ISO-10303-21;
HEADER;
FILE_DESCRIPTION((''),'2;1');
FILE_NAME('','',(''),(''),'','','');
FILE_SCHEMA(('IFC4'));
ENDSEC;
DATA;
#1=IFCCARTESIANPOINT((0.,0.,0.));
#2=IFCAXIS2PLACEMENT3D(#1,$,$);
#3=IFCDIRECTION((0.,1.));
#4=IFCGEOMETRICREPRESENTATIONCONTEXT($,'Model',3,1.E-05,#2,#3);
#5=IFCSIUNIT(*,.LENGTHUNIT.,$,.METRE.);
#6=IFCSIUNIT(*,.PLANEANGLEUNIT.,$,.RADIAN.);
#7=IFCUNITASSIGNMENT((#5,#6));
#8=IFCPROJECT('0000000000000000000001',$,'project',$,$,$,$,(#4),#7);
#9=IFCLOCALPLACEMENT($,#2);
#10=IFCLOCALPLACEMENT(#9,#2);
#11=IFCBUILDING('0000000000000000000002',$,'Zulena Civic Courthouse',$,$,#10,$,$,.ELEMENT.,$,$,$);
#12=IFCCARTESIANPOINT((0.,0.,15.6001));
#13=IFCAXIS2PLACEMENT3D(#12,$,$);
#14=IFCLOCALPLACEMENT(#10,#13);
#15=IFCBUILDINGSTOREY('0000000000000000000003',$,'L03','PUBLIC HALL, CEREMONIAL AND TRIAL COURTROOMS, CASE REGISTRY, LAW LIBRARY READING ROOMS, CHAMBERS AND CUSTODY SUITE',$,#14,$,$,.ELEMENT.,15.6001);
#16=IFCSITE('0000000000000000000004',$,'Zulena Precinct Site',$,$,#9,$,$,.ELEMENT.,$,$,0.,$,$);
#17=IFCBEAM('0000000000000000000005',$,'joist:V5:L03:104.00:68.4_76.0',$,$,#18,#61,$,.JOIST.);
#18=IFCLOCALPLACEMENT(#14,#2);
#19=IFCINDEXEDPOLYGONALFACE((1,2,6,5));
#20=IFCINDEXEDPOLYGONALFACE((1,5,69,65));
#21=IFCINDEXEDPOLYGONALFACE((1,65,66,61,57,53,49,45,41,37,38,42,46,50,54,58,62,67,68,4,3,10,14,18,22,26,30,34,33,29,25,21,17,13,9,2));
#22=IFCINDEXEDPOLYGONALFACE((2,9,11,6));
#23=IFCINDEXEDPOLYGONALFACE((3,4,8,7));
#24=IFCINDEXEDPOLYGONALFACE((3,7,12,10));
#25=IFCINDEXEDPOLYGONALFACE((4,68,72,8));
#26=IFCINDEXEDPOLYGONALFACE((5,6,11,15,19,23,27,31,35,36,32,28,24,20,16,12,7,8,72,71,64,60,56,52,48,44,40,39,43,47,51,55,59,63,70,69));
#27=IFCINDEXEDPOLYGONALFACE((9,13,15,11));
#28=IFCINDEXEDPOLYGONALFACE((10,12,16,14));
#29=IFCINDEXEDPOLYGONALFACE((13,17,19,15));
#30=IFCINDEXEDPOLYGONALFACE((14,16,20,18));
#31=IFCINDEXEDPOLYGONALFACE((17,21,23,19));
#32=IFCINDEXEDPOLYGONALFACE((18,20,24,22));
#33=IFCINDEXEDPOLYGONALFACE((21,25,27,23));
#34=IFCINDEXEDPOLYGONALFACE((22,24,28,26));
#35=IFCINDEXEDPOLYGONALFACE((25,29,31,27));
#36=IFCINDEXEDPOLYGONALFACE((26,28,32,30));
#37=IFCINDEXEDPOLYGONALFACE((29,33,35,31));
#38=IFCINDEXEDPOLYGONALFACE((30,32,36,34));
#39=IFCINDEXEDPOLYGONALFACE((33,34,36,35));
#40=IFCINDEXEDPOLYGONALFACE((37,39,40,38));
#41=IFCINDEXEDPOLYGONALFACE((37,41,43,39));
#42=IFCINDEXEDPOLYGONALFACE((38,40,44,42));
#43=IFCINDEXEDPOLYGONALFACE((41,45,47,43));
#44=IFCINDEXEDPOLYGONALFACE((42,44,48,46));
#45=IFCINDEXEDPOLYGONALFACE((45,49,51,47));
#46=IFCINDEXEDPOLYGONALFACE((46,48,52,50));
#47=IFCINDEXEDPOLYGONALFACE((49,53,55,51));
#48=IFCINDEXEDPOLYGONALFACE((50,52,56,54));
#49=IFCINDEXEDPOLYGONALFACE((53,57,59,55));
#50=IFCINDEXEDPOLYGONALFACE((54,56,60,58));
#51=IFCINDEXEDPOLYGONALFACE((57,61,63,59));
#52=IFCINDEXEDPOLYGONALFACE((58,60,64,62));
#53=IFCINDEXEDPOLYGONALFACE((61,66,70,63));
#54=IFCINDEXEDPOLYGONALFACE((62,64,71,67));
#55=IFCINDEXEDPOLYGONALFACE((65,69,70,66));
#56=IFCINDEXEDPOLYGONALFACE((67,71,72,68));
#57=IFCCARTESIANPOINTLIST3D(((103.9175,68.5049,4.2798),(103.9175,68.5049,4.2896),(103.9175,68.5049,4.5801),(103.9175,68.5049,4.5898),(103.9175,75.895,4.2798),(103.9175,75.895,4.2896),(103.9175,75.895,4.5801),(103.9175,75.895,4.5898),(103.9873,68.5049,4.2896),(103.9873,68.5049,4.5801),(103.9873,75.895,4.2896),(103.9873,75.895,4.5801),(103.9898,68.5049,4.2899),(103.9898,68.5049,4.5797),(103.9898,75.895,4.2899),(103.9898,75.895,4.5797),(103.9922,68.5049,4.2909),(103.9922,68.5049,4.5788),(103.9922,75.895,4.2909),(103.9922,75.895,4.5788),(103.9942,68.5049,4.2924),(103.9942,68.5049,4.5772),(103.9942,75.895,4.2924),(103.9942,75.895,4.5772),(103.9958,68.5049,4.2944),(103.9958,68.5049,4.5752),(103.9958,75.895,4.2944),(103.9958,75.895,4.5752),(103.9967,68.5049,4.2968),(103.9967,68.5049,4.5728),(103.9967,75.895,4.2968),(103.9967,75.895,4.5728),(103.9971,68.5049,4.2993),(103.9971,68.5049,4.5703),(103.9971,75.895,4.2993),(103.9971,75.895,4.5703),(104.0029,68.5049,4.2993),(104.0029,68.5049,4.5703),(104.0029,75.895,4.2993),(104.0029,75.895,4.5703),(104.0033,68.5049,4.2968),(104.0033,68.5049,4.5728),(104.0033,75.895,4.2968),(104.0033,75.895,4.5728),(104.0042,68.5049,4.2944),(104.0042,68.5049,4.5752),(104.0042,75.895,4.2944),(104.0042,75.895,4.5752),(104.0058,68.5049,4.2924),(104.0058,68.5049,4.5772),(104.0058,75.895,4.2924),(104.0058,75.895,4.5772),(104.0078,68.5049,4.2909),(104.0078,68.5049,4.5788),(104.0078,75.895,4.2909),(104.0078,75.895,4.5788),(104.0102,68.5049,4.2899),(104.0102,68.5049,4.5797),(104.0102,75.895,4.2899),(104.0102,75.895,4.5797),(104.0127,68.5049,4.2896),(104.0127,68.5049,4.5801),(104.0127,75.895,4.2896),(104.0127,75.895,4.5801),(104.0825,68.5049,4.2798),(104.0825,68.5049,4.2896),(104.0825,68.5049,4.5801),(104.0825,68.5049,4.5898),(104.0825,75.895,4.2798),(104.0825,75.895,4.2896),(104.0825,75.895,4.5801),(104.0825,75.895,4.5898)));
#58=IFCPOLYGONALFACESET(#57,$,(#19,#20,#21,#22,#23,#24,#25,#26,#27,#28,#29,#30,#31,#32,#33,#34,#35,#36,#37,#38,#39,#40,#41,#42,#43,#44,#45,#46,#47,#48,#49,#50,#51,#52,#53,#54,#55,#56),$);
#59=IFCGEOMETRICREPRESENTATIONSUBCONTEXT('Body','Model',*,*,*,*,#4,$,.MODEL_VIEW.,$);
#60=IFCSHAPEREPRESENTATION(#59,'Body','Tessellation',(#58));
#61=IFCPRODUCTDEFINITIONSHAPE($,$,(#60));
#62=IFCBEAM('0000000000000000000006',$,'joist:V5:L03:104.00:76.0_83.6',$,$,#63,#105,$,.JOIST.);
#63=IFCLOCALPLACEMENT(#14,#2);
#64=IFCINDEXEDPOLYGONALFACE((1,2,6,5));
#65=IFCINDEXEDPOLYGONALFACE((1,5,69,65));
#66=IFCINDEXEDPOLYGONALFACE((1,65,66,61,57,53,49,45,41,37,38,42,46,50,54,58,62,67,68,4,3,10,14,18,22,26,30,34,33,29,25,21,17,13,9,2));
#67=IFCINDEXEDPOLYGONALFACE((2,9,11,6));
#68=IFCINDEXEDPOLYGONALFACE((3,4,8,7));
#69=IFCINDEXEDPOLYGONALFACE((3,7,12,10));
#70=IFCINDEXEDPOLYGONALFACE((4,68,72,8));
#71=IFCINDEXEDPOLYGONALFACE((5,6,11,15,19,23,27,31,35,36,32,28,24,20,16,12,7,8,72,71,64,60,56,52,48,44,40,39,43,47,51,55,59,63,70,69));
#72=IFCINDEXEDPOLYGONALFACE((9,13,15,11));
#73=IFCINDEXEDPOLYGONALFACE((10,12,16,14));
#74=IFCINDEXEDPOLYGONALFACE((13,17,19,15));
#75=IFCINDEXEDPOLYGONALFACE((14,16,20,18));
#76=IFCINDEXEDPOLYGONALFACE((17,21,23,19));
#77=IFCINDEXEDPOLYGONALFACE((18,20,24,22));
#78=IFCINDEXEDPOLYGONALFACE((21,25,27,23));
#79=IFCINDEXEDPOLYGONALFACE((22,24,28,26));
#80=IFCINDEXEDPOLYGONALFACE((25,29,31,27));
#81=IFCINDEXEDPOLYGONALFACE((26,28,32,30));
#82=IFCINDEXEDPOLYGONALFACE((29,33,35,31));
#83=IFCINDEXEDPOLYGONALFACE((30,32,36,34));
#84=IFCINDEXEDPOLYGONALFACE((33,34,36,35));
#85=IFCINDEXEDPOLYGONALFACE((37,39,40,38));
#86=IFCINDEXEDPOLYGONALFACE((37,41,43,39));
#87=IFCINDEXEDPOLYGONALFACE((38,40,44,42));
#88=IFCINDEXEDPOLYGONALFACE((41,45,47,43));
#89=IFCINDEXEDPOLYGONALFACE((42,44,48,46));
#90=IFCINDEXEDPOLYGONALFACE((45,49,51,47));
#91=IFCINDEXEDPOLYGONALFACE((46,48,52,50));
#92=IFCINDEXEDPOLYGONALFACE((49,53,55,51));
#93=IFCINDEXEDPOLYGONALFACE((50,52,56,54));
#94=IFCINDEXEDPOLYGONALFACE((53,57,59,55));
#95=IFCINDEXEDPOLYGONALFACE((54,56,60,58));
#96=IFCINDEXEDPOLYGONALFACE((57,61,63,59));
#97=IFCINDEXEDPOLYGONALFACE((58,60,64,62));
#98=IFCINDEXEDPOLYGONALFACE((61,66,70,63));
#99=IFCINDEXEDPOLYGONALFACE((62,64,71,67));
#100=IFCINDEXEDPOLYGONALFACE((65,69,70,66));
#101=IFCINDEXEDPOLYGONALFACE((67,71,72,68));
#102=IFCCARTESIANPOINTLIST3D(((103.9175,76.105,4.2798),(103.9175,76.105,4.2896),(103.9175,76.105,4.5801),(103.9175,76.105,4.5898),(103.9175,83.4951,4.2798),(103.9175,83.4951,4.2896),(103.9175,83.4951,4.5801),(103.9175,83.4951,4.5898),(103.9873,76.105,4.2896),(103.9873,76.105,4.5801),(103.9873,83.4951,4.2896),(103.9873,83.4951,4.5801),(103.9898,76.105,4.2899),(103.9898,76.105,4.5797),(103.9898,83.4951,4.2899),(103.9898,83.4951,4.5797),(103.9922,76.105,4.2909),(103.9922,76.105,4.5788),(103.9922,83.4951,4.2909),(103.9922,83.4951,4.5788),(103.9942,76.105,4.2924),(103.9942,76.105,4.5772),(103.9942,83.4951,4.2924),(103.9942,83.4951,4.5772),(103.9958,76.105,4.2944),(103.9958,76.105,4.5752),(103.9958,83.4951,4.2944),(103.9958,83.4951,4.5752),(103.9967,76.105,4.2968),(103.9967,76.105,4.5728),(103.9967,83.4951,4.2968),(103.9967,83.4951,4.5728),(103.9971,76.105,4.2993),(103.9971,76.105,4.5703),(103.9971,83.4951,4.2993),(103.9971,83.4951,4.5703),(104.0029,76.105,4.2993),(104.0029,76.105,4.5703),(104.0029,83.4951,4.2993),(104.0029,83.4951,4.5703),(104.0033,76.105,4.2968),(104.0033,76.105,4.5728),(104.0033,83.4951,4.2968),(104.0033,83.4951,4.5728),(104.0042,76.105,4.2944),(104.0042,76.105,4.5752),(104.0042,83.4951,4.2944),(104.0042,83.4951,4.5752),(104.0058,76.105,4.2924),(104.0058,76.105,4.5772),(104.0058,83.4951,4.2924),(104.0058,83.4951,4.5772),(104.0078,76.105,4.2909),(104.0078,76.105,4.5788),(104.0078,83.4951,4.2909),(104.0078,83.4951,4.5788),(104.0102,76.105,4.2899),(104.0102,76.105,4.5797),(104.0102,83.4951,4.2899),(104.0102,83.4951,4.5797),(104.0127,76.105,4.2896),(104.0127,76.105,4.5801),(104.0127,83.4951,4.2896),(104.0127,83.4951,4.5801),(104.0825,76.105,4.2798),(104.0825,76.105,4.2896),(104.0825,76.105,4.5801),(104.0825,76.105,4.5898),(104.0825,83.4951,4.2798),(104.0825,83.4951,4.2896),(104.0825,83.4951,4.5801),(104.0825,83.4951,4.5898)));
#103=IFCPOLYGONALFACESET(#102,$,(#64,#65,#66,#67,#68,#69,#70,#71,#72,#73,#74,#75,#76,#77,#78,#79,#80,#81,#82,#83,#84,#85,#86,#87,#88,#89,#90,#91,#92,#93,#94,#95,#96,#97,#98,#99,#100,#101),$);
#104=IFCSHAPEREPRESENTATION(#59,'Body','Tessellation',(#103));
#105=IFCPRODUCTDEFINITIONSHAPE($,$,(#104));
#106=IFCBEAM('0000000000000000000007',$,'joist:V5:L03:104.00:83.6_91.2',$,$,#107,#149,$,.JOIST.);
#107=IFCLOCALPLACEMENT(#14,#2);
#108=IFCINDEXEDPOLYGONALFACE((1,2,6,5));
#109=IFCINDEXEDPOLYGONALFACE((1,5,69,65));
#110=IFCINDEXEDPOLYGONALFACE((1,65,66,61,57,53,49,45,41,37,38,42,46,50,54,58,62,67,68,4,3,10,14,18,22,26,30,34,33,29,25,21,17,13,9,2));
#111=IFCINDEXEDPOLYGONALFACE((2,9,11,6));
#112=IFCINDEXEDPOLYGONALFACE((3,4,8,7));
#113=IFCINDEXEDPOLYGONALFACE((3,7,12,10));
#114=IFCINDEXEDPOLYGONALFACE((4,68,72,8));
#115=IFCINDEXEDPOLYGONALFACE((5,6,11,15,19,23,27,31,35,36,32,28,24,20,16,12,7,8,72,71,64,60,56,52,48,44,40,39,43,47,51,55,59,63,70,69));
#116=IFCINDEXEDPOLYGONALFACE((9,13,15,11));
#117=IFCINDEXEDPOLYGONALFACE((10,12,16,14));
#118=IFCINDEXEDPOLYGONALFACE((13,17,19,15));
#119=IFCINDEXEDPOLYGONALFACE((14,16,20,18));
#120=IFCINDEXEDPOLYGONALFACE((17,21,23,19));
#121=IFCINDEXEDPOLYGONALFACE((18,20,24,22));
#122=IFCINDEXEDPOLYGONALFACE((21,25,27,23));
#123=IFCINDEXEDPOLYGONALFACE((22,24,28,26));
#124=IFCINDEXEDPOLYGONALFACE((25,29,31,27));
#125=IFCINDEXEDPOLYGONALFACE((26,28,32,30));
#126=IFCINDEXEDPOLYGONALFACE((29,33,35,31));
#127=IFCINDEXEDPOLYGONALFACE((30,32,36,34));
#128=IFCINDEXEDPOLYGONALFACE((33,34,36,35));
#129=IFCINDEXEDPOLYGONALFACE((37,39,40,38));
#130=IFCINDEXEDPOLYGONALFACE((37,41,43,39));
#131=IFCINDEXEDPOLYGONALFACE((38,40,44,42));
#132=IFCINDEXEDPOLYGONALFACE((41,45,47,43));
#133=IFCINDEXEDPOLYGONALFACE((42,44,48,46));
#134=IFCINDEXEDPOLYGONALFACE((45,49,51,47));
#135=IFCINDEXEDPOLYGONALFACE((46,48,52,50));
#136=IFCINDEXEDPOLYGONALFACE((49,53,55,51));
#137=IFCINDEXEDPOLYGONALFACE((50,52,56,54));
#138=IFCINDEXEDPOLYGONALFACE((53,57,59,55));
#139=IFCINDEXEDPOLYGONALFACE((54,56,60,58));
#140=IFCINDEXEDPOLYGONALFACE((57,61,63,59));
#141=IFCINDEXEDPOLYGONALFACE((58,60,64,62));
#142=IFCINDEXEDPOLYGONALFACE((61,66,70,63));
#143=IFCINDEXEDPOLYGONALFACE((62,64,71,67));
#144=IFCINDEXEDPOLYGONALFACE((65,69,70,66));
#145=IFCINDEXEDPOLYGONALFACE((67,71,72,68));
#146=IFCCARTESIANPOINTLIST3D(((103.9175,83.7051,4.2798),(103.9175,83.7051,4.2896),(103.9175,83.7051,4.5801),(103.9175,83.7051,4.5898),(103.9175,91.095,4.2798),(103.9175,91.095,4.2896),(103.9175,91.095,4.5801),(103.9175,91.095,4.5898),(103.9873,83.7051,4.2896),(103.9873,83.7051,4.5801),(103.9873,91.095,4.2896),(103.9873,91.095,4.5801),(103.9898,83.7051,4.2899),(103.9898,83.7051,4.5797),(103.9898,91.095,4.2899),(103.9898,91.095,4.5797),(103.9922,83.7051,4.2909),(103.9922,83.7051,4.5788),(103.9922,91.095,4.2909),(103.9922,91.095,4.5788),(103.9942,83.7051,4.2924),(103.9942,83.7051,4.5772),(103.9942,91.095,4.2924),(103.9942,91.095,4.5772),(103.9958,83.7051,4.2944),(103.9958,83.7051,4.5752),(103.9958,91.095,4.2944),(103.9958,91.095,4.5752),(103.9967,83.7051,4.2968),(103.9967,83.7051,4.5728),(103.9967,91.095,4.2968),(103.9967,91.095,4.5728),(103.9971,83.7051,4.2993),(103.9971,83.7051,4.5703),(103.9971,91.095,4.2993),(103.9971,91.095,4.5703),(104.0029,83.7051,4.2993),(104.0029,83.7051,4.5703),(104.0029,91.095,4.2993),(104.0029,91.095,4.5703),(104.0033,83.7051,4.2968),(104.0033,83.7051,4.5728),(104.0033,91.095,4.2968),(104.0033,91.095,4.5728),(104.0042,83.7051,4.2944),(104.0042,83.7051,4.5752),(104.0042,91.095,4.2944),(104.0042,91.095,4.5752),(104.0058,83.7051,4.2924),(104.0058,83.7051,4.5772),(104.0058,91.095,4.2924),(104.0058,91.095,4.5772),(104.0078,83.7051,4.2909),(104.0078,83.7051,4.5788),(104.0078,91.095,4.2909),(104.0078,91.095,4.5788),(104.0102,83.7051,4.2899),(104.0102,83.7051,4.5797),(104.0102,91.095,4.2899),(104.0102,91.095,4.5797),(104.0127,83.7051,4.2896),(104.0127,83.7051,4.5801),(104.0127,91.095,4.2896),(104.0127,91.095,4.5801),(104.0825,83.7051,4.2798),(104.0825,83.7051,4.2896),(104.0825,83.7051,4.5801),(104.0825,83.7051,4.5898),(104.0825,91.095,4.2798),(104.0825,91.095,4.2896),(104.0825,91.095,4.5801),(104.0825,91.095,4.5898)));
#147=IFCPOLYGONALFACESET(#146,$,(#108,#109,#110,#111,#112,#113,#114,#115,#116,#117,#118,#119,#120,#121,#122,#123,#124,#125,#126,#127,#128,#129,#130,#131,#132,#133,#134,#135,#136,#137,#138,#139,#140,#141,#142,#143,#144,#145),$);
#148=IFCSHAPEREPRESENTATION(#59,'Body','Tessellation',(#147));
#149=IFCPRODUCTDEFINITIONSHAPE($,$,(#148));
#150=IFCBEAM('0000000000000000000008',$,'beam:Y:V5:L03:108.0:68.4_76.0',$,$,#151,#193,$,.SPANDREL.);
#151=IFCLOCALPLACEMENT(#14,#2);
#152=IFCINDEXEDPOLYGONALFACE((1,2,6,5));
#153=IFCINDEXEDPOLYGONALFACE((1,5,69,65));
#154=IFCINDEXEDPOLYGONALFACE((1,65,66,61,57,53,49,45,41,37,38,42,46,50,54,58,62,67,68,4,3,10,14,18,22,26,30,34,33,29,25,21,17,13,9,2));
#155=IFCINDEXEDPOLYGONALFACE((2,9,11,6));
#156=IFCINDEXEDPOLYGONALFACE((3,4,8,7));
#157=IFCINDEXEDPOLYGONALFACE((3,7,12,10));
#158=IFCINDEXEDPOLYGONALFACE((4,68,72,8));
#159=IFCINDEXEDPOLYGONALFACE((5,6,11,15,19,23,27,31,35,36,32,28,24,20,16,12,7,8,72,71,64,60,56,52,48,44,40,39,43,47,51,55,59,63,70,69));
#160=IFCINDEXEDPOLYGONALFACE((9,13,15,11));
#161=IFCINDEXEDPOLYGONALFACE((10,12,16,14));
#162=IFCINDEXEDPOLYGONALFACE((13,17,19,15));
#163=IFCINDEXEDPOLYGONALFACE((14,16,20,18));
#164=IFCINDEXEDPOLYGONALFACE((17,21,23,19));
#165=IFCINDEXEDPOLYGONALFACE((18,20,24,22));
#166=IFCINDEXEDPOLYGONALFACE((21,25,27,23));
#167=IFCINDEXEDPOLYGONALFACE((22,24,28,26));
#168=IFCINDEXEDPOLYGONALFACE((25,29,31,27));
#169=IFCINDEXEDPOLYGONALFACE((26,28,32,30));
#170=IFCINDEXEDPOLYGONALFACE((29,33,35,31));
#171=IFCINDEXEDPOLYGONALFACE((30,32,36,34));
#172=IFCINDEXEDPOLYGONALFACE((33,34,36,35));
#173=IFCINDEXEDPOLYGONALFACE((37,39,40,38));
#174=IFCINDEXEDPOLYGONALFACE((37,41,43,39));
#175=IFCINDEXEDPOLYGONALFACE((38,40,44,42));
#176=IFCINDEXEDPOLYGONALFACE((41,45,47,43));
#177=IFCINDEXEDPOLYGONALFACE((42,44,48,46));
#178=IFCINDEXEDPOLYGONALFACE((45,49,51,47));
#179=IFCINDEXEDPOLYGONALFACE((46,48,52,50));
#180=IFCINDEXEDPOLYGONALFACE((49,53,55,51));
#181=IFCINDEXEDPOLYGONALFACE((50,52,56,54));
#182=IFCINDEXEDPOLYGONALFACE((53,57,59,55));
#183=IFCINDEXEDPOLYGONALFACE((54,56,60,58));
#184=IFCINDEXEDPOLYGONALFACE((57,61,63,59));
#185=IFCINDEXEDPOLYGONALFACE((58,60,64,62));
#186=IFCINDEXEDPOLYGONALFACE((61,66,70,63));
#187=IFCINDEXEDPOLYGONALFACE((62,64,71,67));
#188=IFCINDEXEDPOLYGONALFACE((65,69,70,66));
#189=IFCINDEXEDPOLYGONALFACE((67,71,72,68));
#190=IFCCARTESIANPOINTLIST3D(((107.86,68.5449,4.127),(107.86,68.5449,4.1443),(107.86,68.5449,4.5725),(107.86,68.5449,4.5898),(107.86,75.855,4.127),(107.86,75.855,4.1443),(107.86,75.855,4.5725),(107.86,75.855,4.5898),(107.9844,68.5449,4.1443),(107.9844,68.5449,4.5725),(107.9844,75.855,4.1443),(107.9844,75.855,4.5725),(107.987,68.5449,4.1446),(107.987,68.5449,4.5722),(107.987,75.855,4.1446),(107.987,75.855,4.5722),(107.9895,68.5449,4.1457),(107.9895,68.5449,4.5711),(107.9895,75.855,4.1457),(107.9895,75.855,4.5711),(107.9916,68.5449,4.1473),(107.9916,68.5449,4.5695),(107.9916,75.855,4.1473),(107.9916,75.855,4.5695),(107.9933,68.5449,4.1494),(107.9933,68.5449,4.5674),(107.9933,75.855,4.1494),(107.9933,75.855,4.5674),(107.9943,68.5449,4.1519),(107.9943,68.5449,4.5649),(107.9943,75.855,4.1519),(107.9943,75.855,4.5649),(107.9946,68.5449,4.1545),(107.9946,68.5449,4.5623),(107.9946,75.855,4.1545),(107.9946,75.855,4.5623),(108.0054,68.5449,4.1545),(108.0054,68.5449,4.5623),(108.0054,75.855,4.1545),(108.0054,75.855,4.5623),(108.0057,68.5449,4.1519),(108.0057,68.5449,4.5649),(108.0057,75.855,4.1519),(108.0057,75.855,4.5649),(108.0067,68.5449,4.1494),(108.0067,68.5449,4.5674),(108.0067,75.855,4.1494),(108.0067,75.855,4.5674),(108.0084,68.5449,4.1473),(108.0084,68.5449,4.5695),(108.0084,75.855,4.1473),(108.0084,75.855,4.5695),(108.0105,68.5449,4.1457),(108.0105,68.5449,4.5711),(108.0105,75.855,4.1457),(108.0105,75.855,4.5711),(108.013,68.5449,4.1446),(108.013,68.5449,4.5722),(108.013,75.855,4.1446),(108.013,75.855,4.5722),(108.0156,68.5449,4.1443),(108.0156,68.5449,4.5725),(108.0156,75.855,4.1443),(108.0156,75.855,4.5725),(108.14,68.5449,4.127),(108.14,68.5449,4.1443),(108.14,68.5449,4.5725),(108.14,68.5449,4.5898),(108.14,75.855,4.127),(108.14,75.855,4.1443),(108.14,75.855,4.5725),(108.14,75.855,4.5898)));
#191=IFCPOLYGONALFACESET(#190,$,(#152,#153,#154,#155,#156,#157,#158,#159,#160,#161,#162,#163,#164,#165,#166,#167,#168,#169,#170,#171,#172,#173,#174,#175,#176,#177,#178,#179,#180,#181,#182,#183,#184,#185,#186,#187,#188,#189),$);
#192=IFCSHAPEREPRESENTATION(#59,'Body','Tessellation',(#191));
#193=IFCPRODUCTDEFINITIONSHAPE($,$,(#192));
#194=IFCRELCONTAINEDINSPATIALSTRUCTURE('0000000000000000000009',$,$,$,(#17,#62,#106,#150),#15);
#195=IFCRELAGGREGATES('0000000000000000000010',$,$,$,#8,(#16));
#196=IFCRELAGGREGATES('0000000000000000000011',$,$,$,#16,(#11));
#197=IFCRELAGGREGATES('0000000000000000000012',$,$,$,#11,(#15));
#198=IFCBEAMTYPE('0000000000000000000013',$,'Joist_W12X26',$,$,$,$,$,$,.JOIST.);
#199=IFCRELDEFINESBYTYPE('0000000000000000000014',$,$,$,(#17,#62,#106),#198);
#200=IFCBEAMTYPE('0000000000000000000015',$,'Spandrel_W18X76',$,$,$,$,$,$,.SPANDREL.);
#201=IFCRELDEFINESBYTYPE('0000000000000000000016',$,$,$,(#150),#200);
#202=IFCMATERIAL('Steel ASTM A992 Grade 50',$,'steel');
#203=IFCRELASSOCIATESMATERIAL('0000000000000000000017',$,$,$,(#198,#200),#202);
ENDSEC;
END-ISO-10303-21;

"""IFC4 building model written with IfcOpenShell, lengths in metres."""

from ifc_helpers import new_model, si_unit, direction, frame, origin, origin_2d, place, context, subcontext, project, spatial, i_section, extrude, material, material_profile, profile_set, type_object, element, save


model = new_model("IFC4")

# Units and contexts
model_context = context("Model", 3, precision=1e-05, world=origin(), true_north=direction((0.0, 1.0)))
body_context = subcontext(model_context, "Body", "Model", "MODEL_VIEW")
ifc_project = project(units=[si_unit("LENGTHUNIT", "METRE"), si_unit("PLANEANGLEUNIT", "RADIAN")], contexts=[model_context])

# Site, building, storey
site_placement = place(None, origin())
site = spatial("IfcSite", under=ifc_project, at=site_placement, Name="Zulena Precinct Site", CompositionType="ELEMENT", RefElevation=0.0)
building_placement = place(site_placement, origin())
building = spatial("IfcBuilding", under=site, at=building_placement, Name="Zulena Civic Courthouse", CompositionType="ELEMENT")
storey_placement = place(building_placement, frame((0.0, 0.0, 15.6001)))
storey = spatial("IfcBuildingStorey", under=building, at=storey_placement, Name="L03", Description="PUBLIC HALL, CEREMONIAL AND TRIAL COURTROOMS, CASE REGISTRY, LAW LIBRARY READING ROOMS, CHAMBERS AND CUSTODY SUITE", CompositionType="ELEMENT", Elevation=15.6001)

# Shared definitions
ifc_material_1 = material(Name="Steel ASTM A992 Grade 50", Category="steel")

# Beams
ifc_material_profile_1 = material_profile(ifc_material_1, i_section(OverallWidth=0.165, OverallDepth=0.3101, WebThickness=0.0059, FlangeThickness=0.0098, FilletRadius=0.0098, at=origin_2d()), Name="W12X26")
ifc_profile_set_1 = profile_set([ifc_material_profile_1], Name="Steel ASTM A992 Grade 50")
beam_type_1 = type_object("IfcBeamType", Name="Joist_W12X26", PredefinedType="JOIST", material=ifc_profile_set_1)
for number, where, z_axis, x_axis, name in (
    (1, (104.0, 68.5049, 4.4348), (0.0, 1.0, 0.0), (-1.0, 0.0, 0.0), "joist:V5:L03:104.00:68.4_76.0"),
    (2, (104.0, 76.105, 4.4348), (0.0, 1.0, 0.0), (-1.0, 0.0, 0.0), "joist:V5:L03:104.00:76.0_83.6"),
):
    element("IfcBeam", number, at=place(storey_placement, frame(where, z_axis=z_axis, x_axis=x_axis)), inside=storey, type_object=beam_type_1, Name=name, PredefinedType="JOIST", context=body_context, shape_type="SweptSolid", body=[
        extrude(i_section(OverallWidth=0.165, OverallDepth=0.3101, WebThickness=0.0059, FlangeThickness=0.0098, FilletRadius=0.0098, at=origin_2d()), origin(), (0.0, 0.0, 1.0), 7.3901),
    ])
beam_1_placement = place(storey_placement, frame((104.0, 83.7051, 4.4348), z_axis=(0.0, 1.0, 0.0), x_axis=(-1.0, 0.0, 0.0)))
element("IfcBeam", 3, at=beam_1_placement, inside=storey, type_object=beam_type_1, Name="joist:V5:L03:104.00:83.6_91.2", PredefinedType="JOIST", context=body_context, shape_type="SweptSolid", body=[
    extrude(i_section(OverallWidth=0.165, OverallDepth=0.3101, WebThickness=0.0059, FlangeThickness=0.0098, FilletRadius=0.0098, at=origin_2d()), origin(), (0.0, 0.0, 1.0), 7.3899),
])
ifc_material_profile_2 = material_profile(ifc_material_1, i_section(OverallWidth=0.28, OverallDepth=0.4629, WebThickness=0.0107, FlangeThickness=0.0173, FilletRadius=0.0103, at=origin_2d()), Name="W18X76")
ifc_profile_set_2 = profile_set([ifc_material_profile_2], Name="Steel ASTM A992 Grade 50")
beam_type_2 = type_object("IfcBeamType", Name="Spandrel_W18X76", PredefinedType="SPANDREL", material=ifc_profile_set_2)
for number, where, z_axis, x_axis, name in (
    (4, (108.0, 68.5449, 4.3584), (0.0, 1.0, 0.0), (-1.0, 0.0, 0.0), "beam:Y:V5:L03:108.0:68.4_76.0"),
):
    element("IfcBeam", number, at=place(storey_placement, frame(where, z_axis=z_axis, x_axis=x_axis)), inside=storey, type_object=beam_type_2, Name=name, PredefinedType="SPANDREL", context=body_context, shape_type="SweptSolid", body=[
        extrude(i_section(OverallWidth=0.28, OverallDepth=0.4629, WebThickness=0.0107, FlangeThickness=0.0173, FilletRadius=0.0103, at=origin_2d()), origin(), (0.0, 0.0, 1.0), 7.3101),
    ])

save(model, "model.ifc")
